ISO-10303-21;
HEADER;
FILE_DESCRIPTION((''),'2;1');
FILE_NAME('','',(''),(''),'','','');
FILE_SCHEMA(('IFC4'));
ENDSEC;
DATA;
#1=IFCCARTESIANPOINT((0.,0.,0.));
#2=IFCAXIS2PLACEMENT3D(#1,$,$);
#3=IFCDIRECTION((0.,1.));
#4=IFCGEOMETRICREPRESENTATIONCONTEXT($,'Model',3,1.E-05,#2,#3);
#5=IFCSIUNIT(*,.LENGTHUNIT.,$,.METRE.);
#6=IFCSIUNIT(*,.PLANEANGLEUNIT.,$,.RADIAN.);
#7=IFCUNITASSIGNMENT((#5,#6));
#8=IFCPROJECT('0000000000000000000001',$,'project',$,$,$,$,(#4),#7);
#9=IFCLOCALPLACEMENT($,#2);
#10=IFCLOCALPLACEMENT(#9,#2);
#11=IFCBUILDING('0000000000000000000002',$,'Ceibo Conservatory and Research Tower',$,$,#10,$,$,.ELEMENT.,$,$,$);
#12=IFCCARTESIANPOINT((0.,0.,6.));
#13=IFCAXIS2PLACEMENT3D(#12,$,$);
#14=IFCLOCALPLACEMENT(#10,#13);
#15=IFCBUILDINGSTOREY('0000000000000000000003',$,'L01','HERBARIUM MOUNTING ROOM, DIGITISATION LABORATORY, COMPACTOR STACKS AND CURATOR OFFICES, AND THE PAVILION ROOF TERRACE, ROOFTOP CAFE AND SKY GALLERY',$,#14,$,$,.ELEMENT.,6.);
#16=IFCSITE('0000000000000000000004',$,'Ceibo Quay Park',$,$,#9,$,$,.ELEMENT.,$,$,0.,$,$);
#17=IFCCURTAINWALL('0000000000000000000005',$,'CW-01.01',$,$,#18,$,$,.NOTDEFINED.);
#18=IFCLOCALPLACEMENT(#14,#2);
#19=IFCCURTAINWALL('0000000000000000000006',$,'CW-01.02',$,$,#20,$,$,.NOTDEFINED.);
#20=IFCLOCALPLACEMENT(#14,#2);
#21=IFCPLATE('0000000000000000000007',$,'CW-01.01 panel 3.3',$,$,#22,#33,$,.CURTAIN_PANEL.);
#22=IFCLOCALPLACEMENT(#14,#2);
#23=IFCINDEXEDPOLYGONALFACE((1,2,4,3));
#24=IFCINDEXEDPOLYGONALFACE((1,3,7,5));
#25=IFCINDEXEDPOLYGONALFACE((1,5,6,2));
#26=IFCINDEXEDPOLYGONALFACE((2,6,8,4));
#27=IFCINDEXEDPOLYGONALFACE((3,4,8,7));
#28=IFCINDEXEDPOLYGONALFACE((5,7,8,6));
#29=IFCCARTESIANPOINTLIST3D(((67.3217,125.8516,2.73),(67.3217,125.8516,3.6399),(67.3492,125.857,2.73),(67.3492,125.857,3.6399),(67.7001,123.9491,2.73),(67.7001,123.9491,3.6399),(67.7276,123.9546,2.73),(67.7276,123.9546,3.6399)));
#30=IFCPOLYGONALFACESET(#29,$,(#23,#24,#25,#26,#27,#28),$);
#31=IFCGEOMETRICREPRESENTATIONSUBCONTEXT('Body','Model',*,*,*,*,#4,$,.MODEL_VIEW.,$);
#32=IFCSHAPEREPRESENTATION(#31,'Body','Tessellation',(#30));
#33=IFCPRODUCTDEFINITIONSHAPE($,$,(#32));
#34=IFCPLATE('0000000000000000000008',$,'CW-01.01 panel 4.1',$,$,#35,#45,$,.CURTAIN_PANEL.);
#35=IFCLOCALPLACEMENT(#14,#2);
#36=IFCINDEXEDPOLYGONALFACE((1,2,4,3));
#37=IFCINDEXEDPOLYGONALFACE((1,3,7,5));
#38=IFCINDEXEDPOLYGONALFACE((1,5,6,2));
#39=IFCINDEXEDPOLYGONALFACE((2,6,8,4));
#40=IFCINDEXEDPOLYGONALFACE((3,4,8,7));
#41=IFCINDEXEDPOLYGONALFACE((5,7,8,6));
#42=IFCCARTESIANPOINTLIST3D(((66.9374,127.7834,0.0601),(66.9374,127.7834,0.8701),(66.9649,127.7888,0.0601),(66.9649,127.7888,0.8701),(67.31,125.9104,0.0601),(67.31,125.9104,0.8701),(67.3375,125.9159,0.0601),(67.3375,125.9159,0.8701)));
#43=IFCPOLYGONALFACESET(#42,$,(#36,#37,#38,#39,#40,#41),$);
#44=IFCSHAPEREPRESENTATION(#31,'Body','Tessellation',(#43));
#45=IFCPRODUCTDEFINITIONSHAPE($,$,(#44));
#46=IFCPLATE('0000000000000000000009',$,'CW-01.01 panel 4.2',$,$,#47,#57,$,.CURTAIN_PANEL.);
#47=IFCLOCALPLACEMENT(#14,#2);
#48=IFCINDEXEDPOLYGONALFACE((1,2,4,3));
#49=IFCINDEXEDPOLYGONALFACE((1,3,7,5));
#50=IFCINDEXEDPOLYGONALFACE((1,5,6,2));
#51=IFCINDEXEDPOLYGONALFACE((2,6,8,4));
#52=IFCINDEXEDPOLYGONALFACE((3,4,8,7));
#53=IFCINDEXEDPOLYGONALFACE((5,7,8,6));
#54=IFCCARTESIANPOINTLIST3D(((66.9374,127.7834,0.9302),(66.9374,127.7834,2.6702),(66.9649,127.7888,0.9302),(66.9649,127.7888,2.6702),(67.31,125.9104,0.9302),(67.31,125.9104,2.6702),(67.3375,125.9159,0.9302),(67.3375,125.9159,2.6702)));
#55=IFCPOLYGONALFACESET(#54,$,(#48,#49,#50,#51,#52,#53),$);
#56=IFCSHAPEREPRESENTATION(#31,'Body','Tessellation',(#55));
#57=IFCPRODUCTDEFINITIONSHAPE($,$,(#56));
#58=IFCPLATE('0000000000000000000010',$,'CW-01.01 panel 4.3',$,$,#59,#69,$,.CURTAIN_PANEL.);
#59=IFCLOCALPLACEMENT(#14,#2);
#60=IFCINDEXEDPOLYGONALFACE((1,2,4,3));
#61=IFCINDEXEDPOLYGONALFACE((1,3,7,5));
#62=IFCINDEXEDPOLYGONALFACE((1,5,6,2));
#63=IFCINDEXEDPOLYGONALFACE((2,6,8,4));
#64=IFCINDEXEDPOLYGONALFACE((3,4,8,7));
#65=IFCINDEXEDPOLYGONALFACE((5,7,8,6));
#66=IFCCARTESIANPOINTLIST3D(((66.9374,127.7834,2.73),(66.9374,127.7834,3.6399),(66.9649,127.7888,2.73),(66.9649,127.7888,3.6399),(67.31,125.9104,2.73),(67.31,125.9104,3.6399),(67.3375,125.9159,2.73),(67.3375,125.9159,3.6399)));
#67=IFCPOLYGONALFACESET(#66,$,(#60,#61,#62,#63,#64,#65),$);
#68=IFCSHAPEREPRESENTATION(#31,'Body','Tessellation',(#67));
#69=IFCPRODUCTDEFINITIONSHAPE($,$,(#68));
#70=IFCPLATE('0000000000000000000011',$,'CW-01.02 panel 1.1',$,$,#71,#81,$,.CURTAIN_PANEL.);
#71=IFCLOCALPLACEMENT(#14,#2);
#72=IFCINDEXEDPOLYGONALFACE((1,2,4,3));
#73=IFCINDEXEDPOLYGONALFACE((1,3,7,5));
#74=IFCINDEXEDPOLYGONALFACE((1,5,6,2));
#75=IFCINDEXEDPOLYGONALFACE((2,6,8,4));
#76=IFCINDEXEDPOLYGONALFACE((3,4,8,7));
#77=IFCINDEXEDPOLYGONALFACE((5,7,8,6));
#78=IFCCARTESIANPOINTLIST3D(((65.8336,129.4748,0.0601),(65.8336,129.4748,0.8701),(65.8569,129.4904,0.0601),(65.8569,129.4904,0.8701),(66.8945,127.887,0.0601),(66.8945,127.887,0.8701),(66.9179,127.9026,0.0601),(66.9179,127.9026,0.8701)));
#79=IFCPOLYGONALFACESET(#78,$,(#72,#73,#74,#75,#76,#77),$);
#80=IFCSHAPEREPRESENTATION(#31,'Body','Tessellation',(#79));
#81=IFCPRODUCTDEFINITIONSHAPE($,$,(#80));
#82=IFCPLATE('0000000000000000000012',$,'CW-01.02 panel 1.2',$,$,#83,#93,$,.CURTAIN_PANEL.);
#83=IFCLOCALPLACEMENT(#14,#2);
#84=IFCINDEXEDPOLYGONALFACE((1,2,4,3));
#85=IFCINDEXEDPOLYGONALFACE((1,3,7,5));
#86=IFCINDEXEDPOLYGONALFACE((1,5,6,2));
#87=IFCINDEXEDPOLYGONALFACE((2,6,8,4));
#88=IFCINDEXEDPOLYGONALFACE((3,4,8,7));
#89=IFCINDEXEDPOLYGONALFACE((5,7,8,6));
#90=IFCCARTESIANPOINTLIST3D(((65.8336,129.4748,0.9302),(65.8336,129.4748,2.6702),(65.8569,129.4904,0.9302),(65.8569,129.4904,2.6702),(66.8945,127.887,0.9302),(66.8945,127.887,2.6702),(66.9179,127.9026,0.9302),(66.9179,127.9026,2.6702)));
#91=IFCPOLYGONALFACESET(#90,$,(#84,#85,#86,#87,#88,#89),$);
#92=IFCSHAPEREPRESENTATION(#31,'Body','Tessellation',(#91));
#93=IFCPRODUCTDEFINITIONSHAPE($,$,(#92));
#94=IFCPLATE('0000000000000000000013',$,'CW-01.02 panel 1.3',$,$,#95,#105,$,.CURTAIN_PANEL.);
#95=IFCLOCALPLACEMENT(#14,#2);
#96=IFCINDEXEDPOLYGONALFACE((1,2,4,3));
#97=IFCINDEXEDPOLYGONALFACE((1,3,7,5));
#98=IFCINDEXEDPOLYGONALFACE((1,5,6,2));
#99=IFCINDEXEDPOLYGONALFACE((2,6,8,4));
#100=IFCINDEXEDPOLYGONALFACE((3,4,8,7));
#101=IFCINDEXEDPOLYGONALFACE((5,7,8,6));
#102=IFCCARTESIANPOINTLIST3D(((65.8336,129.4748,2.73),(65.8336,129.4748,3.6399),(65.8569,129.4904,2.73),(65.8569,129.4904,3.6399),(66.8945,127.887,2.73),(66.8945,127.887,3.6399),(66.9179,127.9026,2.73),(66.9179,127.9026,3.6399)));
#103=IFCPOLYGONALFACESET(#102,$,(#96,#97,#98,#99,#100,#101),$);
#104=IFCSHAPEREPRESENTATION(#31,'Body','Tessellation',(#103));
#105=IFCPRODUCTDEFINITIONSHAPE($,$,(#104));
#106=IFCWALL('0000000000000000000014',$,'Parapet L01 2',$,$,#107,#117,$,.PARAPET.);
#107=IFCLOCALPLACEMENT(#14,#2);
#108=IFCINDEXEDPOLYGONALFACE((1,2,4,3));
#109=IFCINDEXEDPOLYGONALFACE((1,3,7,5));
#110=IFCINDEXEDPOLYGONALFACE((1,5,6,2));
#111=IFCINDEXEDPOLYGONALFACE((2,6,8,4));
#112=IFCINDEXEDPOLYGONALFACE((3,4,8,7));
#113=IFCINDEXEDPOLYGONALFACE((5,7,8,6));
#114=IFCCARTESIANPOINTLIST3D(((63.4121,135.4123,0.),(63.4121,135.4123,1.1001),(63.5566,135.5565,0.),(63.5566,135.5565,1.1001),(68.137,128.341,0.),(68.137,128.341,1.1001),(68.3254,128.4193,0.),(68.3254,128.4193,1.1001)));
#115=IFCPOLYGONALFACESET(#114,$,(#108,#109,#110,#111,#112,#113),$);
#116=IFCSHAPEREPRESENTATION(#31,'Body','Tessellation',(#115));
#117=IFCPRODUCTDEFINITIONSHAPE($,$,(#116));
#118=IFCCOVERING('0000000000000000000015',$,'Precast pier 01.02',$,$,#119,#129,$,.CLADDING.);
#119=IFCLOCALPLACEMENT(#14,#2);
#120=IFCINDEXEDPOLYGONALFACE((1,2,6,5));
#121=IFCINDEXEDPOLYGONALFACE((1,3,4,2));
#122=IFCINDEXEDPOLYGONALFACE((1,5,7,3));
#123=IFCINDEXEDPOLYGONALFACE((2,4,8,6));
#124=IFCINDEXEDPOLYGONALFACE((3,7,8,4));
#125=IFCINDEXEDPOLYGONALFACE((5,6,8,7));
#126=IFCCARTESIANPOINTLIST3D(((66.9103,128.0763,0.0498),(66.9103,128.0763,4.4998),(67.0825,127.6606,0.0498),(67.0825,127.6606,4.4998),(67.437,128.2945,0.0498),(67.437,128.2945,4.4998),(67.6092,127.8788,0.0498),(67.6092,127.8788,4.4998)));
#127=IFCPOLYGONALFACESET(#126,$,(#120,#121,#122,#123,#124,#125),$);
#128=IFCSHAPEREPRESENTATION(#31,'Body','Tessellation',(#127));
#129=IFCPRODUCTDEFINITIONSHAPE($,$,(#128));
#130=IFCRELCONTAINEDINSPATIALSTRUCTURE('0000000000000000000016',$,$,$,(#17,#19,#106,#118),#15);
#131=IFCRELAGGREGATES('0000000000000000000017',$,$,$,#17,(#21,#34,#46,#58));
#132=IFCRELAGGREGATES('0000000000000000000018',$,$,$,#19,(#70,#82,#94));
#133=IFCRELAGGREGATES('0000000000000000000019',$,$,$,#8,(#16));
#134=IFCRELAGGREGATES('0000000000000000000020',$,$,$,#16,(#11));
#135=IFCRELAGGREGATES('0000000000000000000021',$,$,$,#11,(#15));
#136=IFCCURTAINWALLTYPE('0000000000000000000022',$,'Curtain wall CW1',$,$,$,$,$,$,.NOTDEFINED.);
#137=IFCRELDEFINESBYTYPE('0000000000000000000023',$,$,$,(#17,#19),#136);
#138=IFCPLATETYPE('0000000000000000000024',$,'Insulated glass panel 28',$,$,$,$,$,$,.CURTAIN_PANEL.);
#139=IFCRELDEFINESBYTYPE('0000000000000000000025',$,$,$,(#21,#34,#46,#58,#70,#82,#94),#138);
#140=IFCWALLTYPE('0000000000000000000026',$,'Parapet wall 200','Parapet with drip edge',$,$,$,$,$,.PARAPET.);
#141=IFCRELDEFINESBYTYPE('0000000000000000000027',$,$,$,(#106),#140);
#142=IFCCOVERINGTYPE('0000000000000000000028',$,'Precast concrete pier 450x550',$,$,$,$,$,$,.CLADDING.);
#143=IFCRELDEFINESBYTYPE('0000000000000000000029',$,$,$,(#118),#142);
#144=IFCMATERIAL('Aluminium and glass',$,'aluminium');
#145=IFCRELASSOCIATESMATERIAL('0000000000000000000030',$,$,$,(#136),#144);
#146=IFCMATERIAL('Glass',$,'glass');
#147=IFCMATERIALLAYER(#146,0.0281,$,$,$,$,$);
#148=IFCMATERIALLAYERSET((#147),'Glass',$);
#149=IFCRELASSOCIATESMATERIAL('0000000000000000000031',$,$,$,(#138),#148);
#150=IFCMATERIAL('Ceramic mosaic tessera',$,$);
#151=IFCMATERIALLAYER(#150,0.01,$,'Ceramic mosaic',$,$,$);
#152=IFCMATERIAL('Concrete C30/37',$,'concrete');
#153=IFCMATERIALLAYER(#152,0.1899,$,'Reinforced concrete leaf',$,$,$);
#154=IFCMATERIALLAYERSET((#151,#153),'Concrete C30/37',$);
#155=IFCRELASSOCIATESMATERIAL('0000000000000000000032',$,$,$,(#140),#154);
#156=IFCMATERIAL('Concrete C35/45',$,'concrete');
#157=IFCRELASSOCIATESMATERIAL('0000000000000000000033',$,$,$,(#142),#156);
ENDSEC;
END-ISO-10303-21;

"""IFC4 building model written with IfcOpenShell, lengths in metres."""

from ifc_helpers import new_model, si_unit, direction, frame, origin, origin_2d, place, context, subcontext, project, spatial, polyline, rectangle, outline, extrude, material, layer, layer_set, type_object, element, aggregate, save


model = new_model("IFC4")

# Units and contexts
model_context = context("Model", 3, precision=1e-05, world=origin(), true_north=direction((0.0, 1.0)))
body_context = subcontext(model_context, "Body", "Model", "MODEL_VIEW")
ifc_project = project(units=[si_unit("LENGTHUNIT", "METRE"), si_unit("PLANEANGLEUNIT", "RADIAN")], contexts=[model_context])

# Site, building, storey
site_placement = place(None, origin())
site = spatial("IfcSite", under=ifc_project, at=site_placement, Name="Ceibo Quay Park", CompositionType="ELEMENT", RefElevation=0.0)
building_placement = place(site_placement, origin())
building = spatial("IfcBuilding", under=site, at=building_placement, Name="Ceibo Conservatory and Research Tower", CompositionType="ELEMENT")
storey_placement = place(building_placement, frame((0.0, 0.0, 6.0)))
storey = spatial("IfcBuildingStorey", under=building, at=storey_placement, Name="L01", Description="HERBARIUM MOUNTING ROOM, DIGITISATION LABORATORY, COMPACTOR STACKS AND CURATOR OFFICES, AND THE PAVILION ROOF TERRACE, ROOFTOP CAFE AND SKY GALLERY", CompositionType="ELEMENT", Elevation=6.0)

# Curtain wall
ifc_material_1 = material(Name="Aluminium and glass", Category="aluminium")
curtain_wall_type = type_object("IfcCurtainWallType", Name="Curtain wall CW1", PredefinedType="NOTDEFINED", material=ifc_material_1)
curtain_wall_1_placement = place(storey_placement, origin())
curtain_wall_1 = element("IfcCurtainWall", 1, at=curtain_wall_1_placement, inside=storey, type_object=curtain_wall_type, Name="CW-01.01", PredefinedType="NOTDEFINED")

# Curtain wall
curtain_wall_2_placement = place(storey_placement, origin())
curtain_wall_2 = element("IfcCurtainWall", 2, at=curtain_wall_2_placement, inside=storey, type_object=curtain_wall_type, Name="CW-01.02", PredefinedType="NOTDEFINED")

# Shared definitions
ifc_material_2 = material(Name="Concrete C35/45", Category="concrete")

# Plates
ifc_material_3 = material(Name="Glass", Category="glass")
ifc_layer_1 = layer(ifc_material_3, 0.0281)
ifc_layer_set_1 = layer_set([ifc_layer_1], Name="Glass")
plate_type = type_object("IfcPlateType", Name="Insulated glass panel 28", PredefinedType="CURTAIN_PANEL", material=ifc_layer_set_1)
plate_1_placement = place(storey_placement, frame((67.5247, 124.9031, 2.73), z_axis=(0.0, 0.0, 1.0), x_axis=(-0.19509, 0.980785, 0.0)))
plate_1 = element("IfcPlate", 3, at=plate_1_placement, type_object=plate_type, Name="CW-01.01 panel 3.3", PredefinedType="CURTAIN_PANEL", context=body_context, shape_type="SweptSolid", body=[
    extrude(rectangle(XDim=1.9397, YDim=0.0281, at=origin_2d()), origin(), (0.0, 0.0, 1.0), 0.9099),
])
plate_2_placement = place(storey_placement, frame((67.1375, 126.8496, 0.0601), z_axis=(0.0, 0.0, 1.0), x_axis=(-0.19509, 0.980785, 0.0)))
plate_2 = element("IfcPlate", 4, at=plate_2_placement, type_object=plate_type, Name="CW-01.01 panel 4.1", PredefinedType="CURTAIN_PANEL", context=body_context, shape_type="SweptSolid", body=[
    extrude(rectangle(XDim=1.9097, YDim=0.0281, at=origin_2d()), origin(), (0.0, 0.0, 1.0), 0.8101),
])
plate_3_placement = place(storey_placement, frame((67.1375, 126.8496, 0.9302), z_axis=(0.0, 0.0, 1.0), x_axis=(-0.19509, 0.980785, 0.0)))
plate_3 = element("IfcPlate", 5, at=plate_3_placement, type_object=plate_type, Name="CW-01.01 panel 4.2", PredefinedType="CURTAIN_PANEL", context=body_context, shape_type="SweptSolid", body=[
    extrude(rectangle(XDim=1.9097, YDim=0.0281, at=origin_2d()), origin(), (0.0, 0.0, 1.0), 1.74),
])
plate_4_placement = place(storey_placement, frame((67.1375, 126.8496, 2.73), z_axis=(0.0, 0.0, 1.0), x_axis=(-0.19509, 0.980785, 0.0)))
plate_4 = element("IfcPlate", 6, at=plate_4_placement, type_object=plate_type, Name="CW-01.01 panel 4.3", PredefinedType="CURTAIN_PANEL", context=body_context, shape_type="SweptSolid", body=[
    extrude(rectangle(XDim=1.9097, YDim=0.0281, at=origin_2d()), origin(), (0.0, 0.0, 1.0), 0.9099),
])
aggregate(curtain_wall_1, [plate_1, plate_2, plate_3, plate_4])
plate_5_placement = place(storey_placement, frame((66.3757, 128.6887, 0.0601), z_axis=(0.0, 0.0, 1.0), x_axis=(-0.55557, 0.83147, 0.0)))
plate_5 = element("IfcPlate", 7, at=plate_5_placement, type_object=plate_type, Name="CW-01.02 panel 1.1", PredefinedType="CURTAIN_PANEL", context=body_context, shape_type="SweptSolid", body=[
    extrude(rectangle(XDim=1.9097, YDim=0.0281, at=origin_2d()), origin(), (0.0, 0.0, 1.0), 0.8101),
])
plate_6_placement = place(storey_placement, frame((66.3757, 128.6887, 0.9302), z_axis=(0.0, 0.0, 1.0), x_axis=(-0.55557, 0.83147, 0.0)))
plate_6 = element("IfcPlate", 8, at=plate_6_placement, type_object=plate_type, Name="CW-01.02 panel 1.2", PredefinedType="CURTAIN_PANEL", context=body_context, shape_type="SweptSolid", body=[
    extrude(rectangle(XDim=1.9097, YDim=0.0281, at=origin_2d()), origin(), (0.0, 0.0, 1.0), 1.74),
])
plate_7_placement = place(storey_placement, frame((66.3757, 128.6887, 2.73), z_axis=(0.0, 0.0, 1.0), x_axis=(-0.55557, 0.83147, 0.0)))
plate_7 = element("IfcPlate", 9, at=plate_7_placement, type_object=plate_type, Name="CW-01.02 panel 1.3", PredefinedType="CURTAIN_PANEL", context=body_context, shape_type="SweptSolid", body=[
    extrude(rectangle(XDim=1.9097, YDim=0.0281, at=origin_2d()), origin(), (0.0, 0.0, 1.0), 0.9099),
])
aggregate(curtain_wall_2, [plate_5, plate_6, plate_7])

# Wall
ifc_material_4 = material(Name="Ceramic mosaic tessera")
ifc_layer_2 = layer(ifc_material_4, 0.01, Name="Ceramic mosaic")
ifc_material_5 = material(Name="Concrete C30/37", Category="concrete")
ifc_layer_3 = layer(ifc_material_5, 0.1899, Name="Reinforced concrete leaf")
ifc_layer_set_2 = layer_set([ifc_layer_2, ifc_layer_3], Name="Concrete C30/37")
wall_type = type_object("IfcWallType", Name="Parapet wall 200", Description="Parapet with drip edge", PredefinedType="PARAPET", material=ifc_layer_set_2)
wall_placement = place(storey_placement, frame((68.2312, 128.3801, 0.0), z_axis=(0.0, 0.0, 1.0), x_axis=(-0.555564, 0.831474, 0.0)))
element("IfcWall", 10, at=wall_placement, inside=storey, type_object=wall_type, Name="Parapet L01 2", PredefinedType="PARAPET", context=body_context, shape_type="SweptSolid", body=[
    extrude(outline(polyline([(-0.0198, -0.1001), (8.564, -0.1001), (8.5244, 0.1001), (0.0198, 0.1001), (-0.0198, -0.1001)])), origin(), (0.0, 0.0, 1.0), 1.1001),
])

# Covering
covering_type = type_object("IfcCoveringType", Name="Precast concrete pier 450x550", PredefinedType="CLADDING", material=ifc_material_2)
covering_placement = place(storey_placement, frame((67.2598, 127.9775, 0.0498), z_axis=(0.0, 0.0, 1.0), x_axis=(0.92388, 0.382683, 0.0)))
element("IfcCovering", 11, at=covering_placement, inside=storey, type_object=covering_type, Name="Precast pier 01.02", PredefinedType="CLADDING", context=body_context, shape_type="SweptSolid", body=[
    extrude(rectangle(XDim=0.5701, YDim=0.45, at=origin_2d()), origin(), (0.0, 0.0, 1.0), 4.45),
])

save(model, "model.ifc")
